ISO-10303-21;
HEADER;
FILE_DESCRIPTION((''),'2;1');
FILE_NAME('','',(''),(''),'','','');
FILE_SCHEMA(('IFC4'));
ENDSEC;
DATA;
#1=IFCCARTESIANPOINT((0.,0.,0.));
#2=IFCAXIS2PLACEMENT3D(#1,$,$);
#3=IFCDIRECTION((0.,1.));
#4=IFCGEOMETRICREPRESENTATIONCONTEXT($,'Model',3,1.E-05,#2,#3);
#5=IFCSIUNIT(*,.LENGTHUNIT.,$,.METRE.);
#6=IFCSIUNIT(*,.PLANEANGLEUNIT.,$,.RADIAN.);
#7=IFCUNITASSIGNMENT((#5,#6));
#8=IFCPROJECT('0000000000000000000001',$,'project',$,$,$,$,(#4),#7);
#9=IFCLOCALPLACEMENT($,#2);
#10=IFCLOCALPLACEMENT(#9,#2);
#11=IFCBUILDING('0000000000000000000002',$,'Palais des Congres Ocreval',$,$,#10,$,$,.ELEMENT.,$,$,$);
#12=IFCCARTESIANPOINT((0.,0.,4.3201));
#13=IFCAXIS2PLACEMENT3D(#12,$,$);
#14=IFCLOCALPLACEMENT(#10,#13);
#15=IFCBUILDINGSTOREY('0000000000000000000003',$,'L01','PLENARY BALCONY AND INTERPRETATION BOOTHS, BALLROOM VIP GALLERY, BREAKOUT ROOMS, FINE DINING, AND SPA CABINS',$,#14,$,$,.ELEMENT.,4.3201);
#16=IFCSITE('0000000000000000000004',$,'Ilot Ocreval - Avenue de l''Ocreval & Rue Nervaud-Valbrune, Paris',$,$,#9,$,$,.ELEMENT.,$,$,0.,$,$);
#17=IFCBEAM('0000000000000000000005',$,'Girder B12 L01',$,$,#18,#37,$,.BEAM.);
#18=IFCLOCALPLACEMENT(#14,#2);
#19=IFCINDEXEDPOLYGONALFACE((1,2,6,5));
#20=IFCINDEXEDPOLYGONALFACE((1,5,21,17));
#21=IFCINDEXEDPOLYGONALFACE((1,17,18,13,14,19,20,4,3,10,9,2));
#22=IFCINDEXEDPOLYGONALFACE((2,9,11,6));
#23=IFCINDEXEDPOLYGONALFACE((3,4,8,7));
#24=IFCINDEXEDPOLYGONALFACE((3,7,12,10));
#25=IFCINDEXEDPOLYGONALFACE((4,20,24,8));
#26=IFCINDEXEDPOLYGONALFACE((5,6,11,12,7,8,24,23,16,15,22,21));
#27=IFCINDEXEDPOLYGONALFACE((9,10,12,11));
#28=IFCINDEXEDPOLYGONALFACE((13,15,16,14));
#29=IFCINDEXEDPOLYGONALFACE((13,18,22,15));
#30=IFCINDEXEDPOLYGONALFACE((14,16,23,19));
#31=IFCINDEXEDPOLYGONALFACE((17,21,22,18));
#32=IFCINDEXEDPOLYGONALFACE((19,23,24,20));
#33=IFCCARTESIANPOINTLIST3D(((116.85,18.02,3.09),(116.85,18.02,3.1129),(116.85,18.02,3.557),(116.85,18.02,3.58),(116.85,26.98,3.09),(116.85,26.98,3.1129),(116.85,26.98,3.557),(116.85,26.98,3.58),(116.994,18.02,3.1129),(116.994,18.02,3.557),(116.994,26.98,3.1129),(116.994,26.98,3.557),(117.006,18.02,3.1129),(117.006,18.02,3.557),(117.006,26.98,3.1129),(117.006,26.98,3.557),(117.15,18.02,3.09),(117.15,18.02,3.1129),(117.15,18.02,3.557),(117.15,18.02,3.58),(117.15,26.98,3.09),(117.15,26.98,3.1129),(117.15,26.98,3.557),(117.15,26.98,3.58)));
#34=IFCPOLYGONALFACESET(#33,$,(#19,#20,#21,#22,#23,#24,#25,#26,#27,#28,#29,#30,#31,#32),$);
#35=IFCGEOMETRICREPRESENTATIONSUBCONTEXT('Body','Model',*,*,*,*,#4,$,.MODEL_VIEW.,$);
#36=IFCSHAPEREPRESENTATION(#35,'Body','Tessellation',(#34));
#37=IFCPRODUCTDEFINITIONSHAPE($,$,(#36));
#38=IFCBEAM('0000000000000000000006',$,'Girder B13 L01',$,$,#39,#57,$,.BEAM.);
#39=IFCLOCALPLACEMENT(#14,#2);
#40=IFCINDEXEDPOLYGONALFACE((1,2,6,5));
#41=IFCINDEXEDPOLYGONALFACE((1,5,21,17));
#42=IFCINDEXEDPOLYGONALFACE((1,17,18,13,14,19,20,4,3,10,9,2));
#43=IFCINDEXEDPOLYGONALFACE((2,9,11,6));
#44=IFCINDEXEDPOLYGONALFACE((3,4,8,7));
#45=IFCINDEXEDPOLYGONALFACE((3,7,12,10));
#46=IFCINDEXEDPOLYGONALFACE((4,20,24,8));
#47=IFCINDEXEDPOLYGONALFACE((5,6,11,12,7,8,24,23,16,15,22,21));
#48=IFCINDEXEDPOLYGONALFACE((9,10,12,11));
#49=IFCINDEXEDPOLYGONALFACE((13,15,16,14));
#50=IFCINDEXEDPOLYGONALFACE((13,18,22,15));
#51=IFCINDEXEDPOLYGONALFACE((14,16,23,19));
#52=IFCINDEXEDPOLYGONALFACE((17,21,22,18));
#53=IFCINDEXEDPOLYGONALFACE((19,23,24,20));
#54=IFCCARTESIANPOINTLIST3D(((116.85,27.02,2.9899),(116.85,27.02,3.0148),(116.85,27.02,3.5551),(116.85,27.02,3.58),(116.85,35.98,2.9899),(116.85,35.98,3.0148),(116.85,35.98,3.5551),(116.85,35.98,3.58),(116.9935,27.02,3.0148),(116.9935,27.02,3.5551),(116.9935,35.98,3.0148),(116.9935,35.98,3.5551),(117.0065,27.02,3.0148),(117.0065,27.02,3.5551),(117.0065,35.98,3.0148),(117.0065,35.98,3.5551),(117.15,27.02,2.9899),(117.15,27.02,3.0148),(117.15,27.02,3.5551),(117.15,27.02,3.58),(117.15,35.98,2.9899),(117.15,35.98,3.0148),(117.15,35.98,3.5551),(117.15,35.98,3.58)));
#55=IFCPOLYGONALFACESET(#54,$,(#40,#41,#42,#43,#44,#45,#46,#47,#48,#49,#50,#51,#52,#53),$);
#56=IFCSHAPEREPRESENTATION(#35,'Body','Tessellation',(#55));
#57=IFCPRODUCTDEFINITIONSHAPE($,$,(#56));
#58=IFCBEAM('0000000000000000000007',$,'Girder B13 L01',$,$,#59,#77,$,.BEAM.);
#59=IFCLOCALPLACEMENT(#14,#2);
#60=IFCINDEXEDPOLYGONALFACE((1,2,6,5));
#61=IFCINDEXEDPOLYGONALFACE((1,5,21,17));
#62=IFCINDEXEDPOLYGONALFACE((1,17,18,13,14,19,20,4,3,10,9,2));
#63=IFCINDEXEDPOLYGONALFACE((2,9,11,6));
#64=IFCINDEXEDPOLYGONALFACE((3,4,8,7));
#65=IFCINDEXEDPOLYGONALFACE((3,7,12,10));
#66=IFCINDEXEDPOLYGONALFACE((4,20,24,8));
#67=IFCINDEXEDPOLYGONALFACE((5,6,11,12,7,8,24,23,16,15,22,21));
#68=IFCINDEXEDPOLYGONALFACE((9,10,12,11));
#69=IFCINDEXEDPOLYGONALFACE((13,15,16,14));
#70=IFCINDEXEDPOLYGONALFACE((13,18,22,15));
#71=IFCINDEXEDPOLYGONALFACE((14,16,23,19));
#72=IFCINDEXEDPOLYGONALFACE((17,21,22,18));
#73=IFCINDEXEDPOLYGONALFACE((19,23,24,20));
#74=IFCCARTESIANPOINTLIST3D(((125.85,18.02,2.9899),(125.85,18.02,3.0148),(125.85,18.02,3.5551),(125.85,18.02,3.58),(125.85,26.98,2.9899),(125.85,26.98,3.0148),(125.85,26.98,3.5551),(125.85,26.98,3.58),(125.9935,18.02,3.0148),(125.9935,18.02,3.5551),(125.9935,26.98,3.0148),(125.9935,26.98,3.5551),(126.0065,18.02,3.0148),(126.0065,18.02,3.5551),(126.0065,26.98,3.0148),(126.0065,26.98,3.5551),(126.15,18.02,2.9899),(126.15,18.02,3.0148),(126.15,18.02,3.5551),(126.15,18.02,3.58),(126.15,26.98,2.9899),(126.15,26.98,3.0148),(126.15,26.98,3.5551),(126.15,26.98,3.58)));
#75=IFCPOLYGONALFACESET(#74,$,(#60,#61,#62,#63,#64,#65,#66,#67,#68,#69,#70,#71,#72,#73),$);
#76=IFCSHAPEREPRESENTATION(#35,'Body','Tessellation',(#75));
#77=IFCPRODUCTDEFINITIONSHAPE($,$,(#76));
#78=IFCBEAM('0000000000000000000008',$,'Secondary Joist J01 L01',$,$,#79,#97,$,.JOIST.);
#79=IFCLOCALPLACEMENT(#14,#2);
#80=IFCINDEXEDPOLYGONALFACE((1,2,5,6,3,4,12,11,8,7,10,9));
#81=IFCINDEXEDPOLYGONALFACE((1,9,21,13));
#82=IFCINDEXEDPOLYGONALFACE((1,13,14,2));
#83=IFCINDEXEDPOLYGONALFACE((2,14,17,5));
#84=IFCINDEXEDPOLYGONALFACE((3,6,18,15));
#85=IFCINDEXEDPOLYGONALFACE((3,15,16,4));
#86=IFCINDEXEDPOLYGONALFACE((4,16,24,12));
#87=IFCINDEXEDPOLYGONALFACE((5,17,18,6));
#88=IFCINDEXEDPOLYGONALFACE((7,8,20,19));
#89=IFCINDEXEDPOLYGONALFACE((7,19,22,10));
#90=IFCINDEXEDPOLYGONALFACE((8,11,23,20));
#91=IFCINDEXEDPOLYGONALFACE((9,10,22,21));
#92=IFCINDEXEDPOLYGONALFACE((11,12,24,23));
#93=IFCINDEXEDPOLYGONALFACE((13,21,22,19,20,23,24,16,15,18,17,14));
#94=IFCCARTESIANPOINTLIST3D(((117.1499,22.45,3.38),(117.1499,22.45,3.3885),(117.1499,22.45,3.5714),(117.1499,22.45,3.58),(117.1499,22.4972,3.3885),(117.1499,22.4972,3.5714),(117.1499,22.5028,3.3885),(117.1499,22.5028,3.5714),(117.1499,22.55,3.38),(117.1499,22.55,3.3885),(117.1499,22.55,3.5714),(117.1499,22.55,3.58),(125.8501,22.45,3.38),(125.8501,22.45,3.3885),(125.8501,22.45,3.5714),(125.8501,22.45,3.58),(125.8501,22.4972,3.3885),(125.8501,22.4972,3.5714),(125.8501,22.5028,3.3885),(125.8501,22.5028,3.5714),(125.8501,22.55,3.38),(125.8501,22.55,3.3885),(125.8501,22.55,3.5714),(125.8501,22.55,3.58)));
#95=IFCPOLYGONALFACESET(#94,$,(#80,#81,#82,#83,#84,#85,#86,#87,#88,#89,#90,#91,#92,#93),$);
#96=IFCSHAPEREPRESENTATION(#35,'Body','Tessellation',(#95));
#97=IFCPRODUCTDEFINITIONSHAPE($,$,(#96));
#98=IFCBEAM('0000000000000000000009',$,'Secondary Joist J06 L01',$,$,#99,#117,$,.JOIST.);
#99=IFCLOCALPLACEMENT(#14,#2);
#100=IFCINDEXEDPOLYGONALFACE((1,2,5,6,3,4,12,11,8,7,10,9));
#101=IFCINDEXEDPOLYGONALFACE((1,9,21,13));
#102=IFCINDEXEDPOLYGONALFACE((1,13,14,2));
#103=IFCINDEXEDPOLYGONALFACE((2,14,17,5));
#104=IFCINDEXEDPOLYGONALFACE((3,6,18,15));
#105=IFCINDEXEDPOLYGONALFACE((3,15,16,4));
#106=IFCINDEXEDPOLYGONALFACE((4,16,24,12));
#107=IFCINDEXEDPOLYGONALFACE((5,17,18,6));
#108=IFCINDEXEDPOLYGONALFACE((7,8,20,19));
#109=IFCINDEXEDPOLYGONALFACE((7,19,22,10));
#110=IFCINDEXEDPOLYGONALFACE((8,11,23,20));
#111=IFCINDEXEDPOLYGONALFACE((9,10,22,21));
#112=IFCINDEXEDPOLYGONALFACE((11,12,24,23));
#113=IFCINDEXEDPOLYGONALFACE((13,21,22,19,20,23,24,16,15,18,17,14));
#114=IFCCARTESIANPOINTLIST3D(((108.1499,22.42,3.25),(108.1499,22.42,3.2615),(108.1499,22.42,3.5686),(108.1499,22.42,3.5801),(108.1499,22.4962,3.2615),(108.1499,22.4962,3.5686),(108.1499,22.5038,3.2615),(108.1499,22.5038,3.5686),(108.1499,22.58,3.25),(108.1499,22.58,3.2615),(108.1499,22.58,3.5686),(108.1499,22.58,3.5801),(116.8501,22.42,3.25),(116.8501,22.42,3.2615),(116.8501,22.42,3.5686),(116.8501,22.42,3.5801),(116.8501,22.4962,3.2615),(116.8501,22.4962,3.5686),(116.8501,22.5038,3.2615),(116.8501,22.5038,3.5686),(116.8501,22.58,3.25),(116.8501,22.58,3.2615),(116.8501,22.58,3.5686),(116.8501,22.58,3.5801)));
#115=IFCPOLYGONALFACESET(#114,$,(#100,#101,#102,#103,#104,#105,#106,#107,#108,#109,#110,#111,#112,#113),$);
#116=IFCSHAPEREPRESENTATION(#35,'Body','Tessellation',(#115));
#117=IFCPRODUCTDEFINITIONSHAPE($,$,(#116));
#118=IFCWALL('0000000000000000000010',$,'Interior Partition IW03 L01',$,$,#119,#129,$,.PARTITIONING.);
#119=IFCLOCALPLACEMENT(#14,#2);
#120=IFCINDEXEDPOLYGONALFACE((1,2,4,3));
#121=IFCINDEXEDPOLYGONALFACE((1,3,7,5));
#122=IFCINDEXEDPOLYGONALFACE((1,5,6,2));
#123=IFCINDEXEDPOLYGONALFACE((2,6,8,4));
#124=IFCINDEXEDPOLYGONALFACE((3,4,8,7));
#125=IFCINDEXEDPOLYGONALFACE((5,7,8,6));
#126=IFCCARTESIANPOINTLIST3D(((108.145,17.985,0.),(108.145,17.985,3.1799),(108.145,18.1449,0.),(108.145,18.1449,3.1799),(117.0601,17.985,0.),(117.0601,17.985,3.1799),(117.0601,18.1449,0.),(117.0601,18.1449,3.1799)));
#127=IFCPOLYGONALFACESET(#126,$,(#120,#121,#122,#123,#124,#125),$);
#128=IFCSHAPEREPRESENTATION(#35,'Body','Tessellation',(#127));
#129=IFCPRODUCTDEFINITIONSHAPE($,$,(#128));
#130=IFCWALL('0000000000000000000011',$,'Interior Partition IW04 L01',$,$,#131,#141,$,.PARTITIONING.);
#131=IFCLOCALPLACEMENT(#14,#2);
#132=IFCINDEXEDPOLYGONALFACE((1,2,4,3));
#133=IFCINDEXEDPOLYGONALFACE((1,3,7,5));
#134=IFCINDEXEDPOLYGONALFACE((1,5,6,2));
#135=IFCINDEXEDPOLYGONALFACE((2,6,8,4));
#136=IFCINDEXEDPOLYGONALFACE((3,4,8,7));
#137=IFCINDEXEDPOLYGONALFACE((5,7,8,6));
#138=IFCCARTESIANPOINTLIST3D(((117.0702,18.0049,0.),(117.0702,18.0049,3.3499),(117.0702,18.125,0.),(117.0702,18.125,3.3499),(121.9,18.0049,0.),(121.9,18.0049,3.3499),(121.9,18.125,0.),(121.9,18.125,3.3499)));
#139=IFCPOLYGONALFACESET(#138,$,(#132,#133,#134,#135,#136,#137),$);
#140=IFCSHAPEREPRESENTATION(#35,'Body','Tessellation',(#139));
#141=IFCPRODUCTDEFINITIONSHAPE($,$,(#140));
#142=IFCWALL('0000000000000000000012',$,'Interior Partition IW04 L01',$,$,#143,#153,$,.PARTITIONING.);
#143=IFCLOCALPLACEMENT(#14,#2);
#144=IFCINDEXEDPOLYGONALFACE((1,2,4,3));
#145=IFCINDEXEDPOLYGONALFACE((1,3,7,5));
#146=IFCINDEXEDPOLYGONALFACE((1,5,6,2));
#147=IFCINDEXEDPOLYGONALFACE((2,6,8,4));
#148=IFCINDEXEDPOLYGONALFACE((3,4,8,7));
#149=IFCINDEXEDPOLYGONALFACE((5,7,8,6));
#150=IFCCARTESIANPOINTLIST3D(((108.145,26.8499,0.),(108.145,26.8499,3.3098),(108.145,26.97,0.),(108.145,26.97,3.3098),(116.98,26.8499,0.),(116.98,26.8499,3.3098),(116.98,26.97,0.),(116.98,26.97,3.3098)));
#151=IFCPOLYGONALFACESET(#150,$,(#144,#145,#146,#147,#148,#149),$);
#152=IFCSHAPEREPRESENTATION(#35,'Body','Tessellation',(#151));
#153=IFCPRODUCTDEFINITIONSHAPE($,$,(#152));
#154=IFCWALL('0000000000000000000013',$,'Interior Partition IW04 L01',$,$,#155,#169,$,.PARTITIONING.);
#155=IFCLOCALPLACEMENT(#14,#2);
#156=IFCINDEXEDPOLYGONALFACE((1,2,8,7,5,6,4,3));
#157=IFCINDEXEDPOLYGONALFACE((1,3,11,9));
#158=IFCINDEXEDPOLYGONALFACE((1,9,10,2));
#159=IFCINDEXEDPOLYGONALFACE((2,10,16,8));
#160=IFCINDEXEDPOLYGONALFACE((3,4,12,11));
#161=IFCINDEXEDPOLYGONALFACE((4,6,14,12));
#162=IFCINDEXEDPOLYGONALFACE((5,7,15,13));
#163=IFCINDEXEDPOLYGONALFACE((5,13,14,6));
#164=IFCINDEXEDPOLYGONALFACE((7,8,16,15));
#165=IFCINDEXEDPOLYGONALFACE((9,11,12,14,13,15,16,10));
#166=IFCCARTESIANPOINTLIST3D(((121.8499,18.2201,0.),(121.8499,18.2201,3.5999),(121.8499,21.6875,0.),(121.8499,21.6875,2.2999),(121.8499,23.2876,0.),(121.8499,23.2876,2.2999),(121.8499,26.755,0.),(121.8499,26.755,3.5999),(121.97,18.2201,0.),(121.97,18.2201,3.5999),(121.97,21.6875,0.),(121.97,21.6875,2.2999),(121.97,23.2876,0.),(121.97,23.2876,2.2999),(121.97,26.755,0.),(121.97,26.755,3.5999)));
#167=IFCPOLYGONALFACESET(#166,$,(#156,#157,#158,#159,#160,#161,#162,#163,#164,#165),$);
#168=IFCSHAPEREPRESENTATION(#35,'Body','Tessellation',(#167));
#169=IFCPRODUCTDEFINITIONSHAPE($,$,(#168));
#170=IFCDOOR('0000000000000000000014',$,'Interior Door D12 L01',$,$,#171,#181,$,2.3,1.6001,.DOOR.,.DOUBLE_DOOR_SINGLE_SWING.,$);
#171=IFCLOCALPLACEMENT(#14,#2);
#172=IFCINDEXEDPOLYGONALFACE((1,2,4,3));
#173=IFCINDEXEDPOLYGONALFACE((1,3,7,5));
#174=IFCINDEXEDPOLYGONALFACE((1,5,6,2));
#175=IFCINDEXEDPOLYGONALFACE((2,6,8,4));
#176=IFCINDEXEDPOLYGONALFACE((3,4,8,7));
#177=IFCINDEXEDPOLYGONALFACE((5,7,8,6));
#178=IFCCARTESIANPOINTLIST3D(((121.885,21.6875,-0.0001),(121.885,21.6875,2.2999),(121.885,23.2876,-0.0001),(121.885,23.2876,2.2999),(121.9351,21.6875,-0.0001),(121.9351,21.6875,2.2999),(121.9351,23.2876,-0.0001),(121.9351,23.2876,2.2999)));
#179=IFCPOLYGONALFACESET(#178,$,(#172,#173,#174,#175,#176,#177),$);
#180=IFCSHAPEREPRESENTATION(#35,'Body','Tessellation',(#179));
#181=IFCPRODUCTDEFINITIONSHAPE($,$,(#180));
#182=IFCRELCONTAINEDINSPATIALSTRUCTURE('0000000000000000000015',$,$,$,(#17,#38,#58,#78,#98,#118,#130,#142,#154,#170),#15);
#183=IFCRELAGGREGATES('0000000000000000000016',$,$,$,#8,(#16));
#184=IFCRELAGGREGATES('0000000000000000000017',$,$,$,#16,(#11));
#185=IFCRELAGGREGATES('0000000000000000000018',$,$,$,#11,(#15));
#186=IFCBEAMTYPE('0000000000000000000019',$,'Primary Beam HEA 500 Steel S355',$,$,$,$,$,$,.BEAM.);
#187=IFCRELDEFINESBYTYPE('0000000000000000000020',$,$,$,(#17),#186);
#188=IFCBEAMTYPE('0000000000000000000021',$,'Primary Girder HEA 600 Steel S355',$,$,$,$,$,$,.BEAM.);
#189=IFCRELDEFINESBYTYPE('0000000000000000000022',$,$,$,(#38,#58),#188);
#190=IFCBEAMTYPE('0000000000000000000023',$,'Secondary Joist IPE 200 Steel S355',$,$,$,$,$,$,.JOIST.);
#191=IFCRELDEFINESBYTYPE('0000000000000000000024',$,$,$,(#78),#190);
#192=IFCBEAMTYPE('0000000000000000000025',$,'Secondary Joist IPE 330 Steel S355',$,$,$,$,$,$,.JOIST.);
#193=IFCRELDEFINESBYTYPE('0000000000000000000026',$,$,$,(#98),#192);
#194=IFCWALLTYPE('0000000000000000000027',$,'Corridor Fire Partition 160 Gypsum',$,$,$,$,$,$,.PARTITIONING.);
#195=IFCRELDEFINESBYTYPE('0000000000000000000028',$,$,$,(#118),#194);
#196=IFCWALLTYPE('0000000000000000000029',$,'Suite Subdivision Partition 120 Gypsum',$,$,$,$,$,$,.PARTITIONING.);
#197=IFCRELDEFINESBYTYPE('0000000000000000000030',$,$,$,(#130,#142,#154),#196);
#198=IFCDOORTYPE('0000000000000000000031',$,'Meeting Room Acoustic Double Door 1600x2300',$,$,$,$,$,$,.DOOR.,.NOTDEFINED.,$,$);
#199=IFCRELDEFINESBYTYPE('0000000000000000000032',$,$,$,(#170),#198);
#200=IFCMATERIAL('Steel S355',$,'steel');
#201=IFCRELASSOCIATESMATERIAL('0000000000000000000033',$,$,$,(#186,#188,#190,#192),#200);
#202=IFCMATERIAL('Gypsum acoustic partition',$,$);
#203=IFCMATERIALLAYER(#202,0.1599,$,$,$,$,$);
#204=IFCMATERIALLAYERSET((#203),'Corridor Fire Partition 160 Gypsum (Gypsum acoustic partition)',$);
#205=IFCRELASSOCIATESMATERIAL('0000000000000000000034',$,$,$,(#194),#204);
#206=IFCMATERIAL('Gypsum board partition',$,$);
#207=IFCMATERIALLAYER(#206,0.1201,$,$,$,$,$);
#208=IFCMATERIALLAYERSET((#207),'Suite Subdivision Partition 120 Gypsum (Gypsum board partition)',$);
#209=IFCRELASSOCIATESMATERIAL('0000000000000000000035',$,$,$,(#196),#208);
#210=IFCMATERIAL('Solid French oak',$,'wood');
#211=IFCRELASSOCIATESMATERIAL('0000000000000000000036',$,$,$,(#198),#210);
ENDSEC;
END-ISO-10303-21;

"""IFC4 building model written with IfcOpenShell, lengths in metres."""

from ifc_helpers import new_model, si_unit, direction, frame, frame_2d, origin, origin_2d, place, context, subcontext, project, spatial, rectangle, i_section, extrude, material, layer, layer_set, material_profile, profile_set, type_object, element, fill, save


model = new_model("IFC4")

# Units and contexts
model_context = context("Model", 3, precision=1e-05, world=origin(), true_north=direction((0.0, 1.0)))
body_context = subcontext(model_context, "Body", "Model", "MODEL_VIEW")
ifc_project = project(units=[si_unit("LENGTHUNIT", "METRE"), si_unit("PLANEANGLEUNIT", "RADIAN")], contexts=[model_context])

# Site, building, storey
site_placement = place(None, origin())
site = spatial("IfcSite", under=ifc_project, at=site_placement, Name="Ilot Ocreval - Avenue de l'Ocreval & Rue Nervaud-Valbrune, Paris", CompositionType="ELEMENT", RefElevation=0.0)
building_placement = place(site_placement, origin())
building = spatial("IfcBuilding", under=site, at=building_placement, Name="Palais des Congres Ocreval", CompositionType="ELEMENT")
storey_placement = place(building_placement, frame((0.0, 0.0, 4.3201)))
storey = spatial("IfcBuildingStorey", under=building, at=storey_placement, Name="L01", Description="PLENARY BALCONY AND INTERPRETATION BOOTHS, BALLROOM VIP GALLERY, BREAKOUT ROOMS, FINE DINING, AND SPA CABINS", CompositionType="ELEMENT", Elevation=4.3201)

# Shared definitions
ifc_material_1 = material(Name="Steel S355", Category="steel")

# Beams
ifc_material_profile_1 = material_profile(ifc_material_1, i_section(OverallWidth=0.3, OverallDepth=0.49, WebThickness=0.012, FlangeThickness=0.0229, at=origin_2d()), Name="HEA 500")
ifc_profile_set_1 = profile_set([ifc_material_profile_1], Name="Steel S355")
beam_type_1 = type_object("IfcBeamType", Name="Primary Beam HEA 500 Steel S355", PredefinedType="BEAM", material=ifc_profile_set_1)
beam_1_placement = place(storey_placement, frame((117.0, 18.02, 3.335), z_axis=(0.0, 1.0, 0.0), x_axis=(-1.0, 0.0, 0.0)))
element("IfcBeam", 1, at=beam_1_placement, inside=storey, type_object=beam_type_1, Name="Girder B12 L01", PredefinedType="BEAM", context=body_context, shape_type="SweptSolid", body=[
    extrude(i_section(OverallWidth=0.3, OverallDepth=0.49, WebThickness=0.012, FlangeThickness=0.0229, at=origin_2d()), origin(), (0.0, 0.0, 1.0), 8.96),
])
ifc_material_profile_2 = material_profile(ifc_material_1, i_section(OverallWidth=0.3, OverallDepth=0.5901, WebThickness=0.0129, FlangeThickness=0.0249, at=origin_2d()), Name="HEA 600")
ifc_profile_set_2 = profile_set([ifc_material_profile_2], Name="Steel S355")
beam_type_2 = type_object("IfcBeamType", Name="Primary Girder HEA 600 Steel S355", PredefinedType="BEAM", material=ifc_profile_set_2)
for number, where, z_axis, x_axis, name in (
    (2, (117.0, 27.02, 3.2849), (0.0, 1.0, 0.0), (-1.0, 0.0, 0.0), "Girder B13 L01"),
    (3, (126.0, 18.02, 3.2849), (0.0, 1.0, 0.0), (-1.0, 0.0, 0.0), "Girder B13 L01"),
):
    element("IfcBeam", number, at=place(storey_placement, frame(where, z_axis=z_axis, x_axis=x_axis)), inside=storey, type_object=beam_type_2, Name=name, PredefinedType="BEAM", context=body_context, shape_type="SweptSolid", body=[
        extrude(i_section(OverallWidth=0.3, OverallDepth=0.5901, WebThickness=0.0129, FlangeThickness=0.0249, at=origin_2d()), origin(), (0.0, 0.0, 1.0), 8.96),
    ])
ifc_material_profile_3 = material_profile(ifc_material_1, i_section(OverallWidth=0.1001, OverallDepth=0.2, WebThickness=0.0056, FlangeThickness=0.0085, at=origin_2d()), Name="IPE 200")
ifc_profile_set_3 = profile_set([ifc_material_profile_3], Name="Steel S355")
beam_type_3 = type_object("IfcBeamType", Name="Secondary Joist IPE 200 Steel S355", PredefinedType="JOIST", material=ifc_profile_set_3)
beam_2_placement = place(storey_placement, frame((117.1499, 22.5, 3.48), z_axis=(1.0, 0.0, 0.0), x_axis=(0.0, 1.0, 0.0)))
element("IfcBeam", 4, at=beam_2_placement, inside=storey, type_object=beam_type_3, Name="Secondary Joist J01 L01", PredefinedType="JOIST", context=body_context, shape_type="SweptSolid", body=[
    extrude(i_section(OverallWidth=0.1001, OverallDepth=0.2, WebThickness=0.0056, FlangeThickness=0.0085, at=origin_2d()), origin(), (0.0, 0.0, 1.0), 8.7002),
])
ifc_material_profile_4 = material_profile(ifc_material_1, i_section(OverallWidth=0.1599, OverallDepth=0.3301, WebThickness=0.0076, FlangeThickness=0.0115, at=origin_2d()), Name="IPE 330")
ifc_profile_set_4 = profile_set([ifc_material_profile_4], Name="Steel S355")
beam_type_4 = type_object("IfcBeamType", Name="Secondary Joist IPE 330 Steel S355", PredefinedType="JOIST", material=ifc_profile_set_4)
beam_3_placement = place(storey_placement, frame((108.1499, 22.5, 3.415), z_axis=(1.0, 0.0, 0.0), x_axis=(0.0, 1.0, 0.0)))
element("IfcBeam", 5, at=beam_3_placement, inside=storey, type_object=beam_type_4, Name="Secondary Joist J06 L01", PredefinedType="JOIST", context=body_context, shape_type="SweptSolid", body=[
    extrude(i_section(OverallWidth=0.1599, OverallDepth=0.3301, WebThickness=0.0076, FlangeThickness=0.0115, at=origin_2d()), origin(), (0.0, 0.0, 1.0), 8.7002),
])

# Walls
ifc_material_2 = material(Name="Gypsum acoustic partition")
ifc_layer_1 = layer(ifc_material_2, 0.1599)
ifc_layer_set_1 = layer_set([ifc_layer_1], Name="Corridor Fire Partition 160 Gypsum (Gypsum acoustic partition)")
wall_type_1 = type_object("IfcWallType", Name="Corridor Fire Partition 160 Gypsum", PredefinedType="PARTITIONING", material=ifc_layer_set_1)
wall_1_placement = place(storey_placement, frame((108.145, 18.0649, 0.0), z_axis=(0.0, 0.0, 1.0), x_axis=(1.0, 0.0, 0.0)))
element("IfcWall", 6, at=wall_1_placement, inside=storey, type_object=wall_type_1, Name="Interior Partition IW03 L01", PredefinedType="PARTITIONING", context=body_context, shape_type="SweptSolid", body=[
    extrude(rectangle(XDim=8.915, YDim=0.1599, at=frame_2d((4.4575, 0.0))), origin(), (0.0, 0.0, 1.0), 3.1799),
])
ifc_material_3 = material(Name="Gypsum board partition")
ifc_layer_2 = layer(ifc_material_3, 0.1201)
ifc_layer_set_2 = layer_set([ifc_layer_2], Name="Suite Subdivision Partition 120 Gypsum (Gypsum board partition)")
wall_type_2 = type_object("IfcWallType", Name="Suite Subdivision Partition 120 Gypsum", PredefinedType="PARTITIONING", material=ifc_layer_set_2)
wall_2_placement = place(storey_placement, frame((117.0701, 18.0649, 0.0), z_axis=(0.0, 0.0, 1.0), x_axis=(1.0, 0.0, 0.0)))
element("IfcWall", 7, at=wall_2_placement, inside=storey, type_object=wall_type_2, Name="Interior Partition IW04 L01", PredefinedType="PARTITIONING", context=body_context, shape_type="SweptSolid", body=[
    extrude(rectangle(XDim=4.8298, YDim=0.1201, at=frame_2d((2.415, 0.0))), origin(), (0.0, 0.0, 1.0), 3.3499),
])
wall_3_placement = place(storey_placement, frame((108.145, 26.9099, 0.0), z_axis=(0.0, 0.0, 1.0), x_axis=(1.0, 0.0, 0.0)))
element("IfcWall", 8, at=wall_3_placement, inside=storey, type_object=wall_type_2, Name="Interior Partition IW04 L01", PredefinedType="PARTITIONING", context=body_context, shape_type="SweptSolid", body=[
    extrude(rectangle(XDim=8.835, YDim=0.1201, at=frame_2d((4.4175, 0.0))), origin(), (0.0, 0.0, 1.0), 3.3098),
])

# Wall, opening, door
wall_4_placement = place(storey_placement, frame((121.9099, 18.22, 0.0), z_axis=(0.0, 0.0, 1.0), x_axis=(0.0, 1.0, 0.0)))
wall_4 = element("IfcWall", 9, at=wall_4_placement, inside=storey, type_object=wall_type_2, Name="Interior Partition IW04 L01", PredefinedType="PARTITIONING", context=body_context, shape_type="SweptSolid", body=[
    extrude(rectangle(XDim=8.5349, YDim=0.1201, at=frame_2d((4.2676, 0.0))), origin(), (0.0, 0.0, 1.0), 3.5999),
])
opening_1_placement = place(wall_4_placement, frame((3.4675, 0.0, 0.0)))
opening_1 = element("IfcOpeningElement", 10, at=opening_1_placement, cuts=wall_4, PredefinedType="OPENING", context=body_context, shape_type="SweptSolid", body=[
    extrude(rectangle(XDim=1.6001, YDim=2.3, at=frame_2d((0.8, 1.1499))), frame((0.0, 0.0701, 0.0), z_axis=(0.0, -1.0, 0.0), x_axis=(1.0, 0.0, 0.0)), (0.0, 0.0, 1.0), 0.1401),
])
ifc_material_4 = material(Name="Solid French oak", Category="wood")
door_type = type_object("IfcDoorType", Name="Meeting Room Acoustic Double Door 1600x2300", OperationType="NOTDEFINED", PredefinedType="DOOR", material=ifc_material_4)
door_1_placement = place(opening_1_placement, origin())
door_1 = element("IfcDoor", 11, at=door_1_placement, inside=storey, type_object=door_type, Name="Interior Door D12 L01", OperationType="DOUBLE_DOOR_SINGLE_SWING", OverallHeight=2.3, OverallWidth=1.6001, PredefinedType="DOOR", context=body_context, shape_type="SweptSolid", body=[
    extrude(rectangle(XDim=1.6001, YDim=2.3, at=frame_2d((0.8, 1.1499))), frame((0.0, 0.0249, 0.0), z_axis=(0.0, -1.0, 0.0), x_axis=(1.0, 0.0, 0.0)), (0.0, 0.0, 1.0), 0.05),
])
fill(opening_1, door_1)

save(model, "model.ifc")
